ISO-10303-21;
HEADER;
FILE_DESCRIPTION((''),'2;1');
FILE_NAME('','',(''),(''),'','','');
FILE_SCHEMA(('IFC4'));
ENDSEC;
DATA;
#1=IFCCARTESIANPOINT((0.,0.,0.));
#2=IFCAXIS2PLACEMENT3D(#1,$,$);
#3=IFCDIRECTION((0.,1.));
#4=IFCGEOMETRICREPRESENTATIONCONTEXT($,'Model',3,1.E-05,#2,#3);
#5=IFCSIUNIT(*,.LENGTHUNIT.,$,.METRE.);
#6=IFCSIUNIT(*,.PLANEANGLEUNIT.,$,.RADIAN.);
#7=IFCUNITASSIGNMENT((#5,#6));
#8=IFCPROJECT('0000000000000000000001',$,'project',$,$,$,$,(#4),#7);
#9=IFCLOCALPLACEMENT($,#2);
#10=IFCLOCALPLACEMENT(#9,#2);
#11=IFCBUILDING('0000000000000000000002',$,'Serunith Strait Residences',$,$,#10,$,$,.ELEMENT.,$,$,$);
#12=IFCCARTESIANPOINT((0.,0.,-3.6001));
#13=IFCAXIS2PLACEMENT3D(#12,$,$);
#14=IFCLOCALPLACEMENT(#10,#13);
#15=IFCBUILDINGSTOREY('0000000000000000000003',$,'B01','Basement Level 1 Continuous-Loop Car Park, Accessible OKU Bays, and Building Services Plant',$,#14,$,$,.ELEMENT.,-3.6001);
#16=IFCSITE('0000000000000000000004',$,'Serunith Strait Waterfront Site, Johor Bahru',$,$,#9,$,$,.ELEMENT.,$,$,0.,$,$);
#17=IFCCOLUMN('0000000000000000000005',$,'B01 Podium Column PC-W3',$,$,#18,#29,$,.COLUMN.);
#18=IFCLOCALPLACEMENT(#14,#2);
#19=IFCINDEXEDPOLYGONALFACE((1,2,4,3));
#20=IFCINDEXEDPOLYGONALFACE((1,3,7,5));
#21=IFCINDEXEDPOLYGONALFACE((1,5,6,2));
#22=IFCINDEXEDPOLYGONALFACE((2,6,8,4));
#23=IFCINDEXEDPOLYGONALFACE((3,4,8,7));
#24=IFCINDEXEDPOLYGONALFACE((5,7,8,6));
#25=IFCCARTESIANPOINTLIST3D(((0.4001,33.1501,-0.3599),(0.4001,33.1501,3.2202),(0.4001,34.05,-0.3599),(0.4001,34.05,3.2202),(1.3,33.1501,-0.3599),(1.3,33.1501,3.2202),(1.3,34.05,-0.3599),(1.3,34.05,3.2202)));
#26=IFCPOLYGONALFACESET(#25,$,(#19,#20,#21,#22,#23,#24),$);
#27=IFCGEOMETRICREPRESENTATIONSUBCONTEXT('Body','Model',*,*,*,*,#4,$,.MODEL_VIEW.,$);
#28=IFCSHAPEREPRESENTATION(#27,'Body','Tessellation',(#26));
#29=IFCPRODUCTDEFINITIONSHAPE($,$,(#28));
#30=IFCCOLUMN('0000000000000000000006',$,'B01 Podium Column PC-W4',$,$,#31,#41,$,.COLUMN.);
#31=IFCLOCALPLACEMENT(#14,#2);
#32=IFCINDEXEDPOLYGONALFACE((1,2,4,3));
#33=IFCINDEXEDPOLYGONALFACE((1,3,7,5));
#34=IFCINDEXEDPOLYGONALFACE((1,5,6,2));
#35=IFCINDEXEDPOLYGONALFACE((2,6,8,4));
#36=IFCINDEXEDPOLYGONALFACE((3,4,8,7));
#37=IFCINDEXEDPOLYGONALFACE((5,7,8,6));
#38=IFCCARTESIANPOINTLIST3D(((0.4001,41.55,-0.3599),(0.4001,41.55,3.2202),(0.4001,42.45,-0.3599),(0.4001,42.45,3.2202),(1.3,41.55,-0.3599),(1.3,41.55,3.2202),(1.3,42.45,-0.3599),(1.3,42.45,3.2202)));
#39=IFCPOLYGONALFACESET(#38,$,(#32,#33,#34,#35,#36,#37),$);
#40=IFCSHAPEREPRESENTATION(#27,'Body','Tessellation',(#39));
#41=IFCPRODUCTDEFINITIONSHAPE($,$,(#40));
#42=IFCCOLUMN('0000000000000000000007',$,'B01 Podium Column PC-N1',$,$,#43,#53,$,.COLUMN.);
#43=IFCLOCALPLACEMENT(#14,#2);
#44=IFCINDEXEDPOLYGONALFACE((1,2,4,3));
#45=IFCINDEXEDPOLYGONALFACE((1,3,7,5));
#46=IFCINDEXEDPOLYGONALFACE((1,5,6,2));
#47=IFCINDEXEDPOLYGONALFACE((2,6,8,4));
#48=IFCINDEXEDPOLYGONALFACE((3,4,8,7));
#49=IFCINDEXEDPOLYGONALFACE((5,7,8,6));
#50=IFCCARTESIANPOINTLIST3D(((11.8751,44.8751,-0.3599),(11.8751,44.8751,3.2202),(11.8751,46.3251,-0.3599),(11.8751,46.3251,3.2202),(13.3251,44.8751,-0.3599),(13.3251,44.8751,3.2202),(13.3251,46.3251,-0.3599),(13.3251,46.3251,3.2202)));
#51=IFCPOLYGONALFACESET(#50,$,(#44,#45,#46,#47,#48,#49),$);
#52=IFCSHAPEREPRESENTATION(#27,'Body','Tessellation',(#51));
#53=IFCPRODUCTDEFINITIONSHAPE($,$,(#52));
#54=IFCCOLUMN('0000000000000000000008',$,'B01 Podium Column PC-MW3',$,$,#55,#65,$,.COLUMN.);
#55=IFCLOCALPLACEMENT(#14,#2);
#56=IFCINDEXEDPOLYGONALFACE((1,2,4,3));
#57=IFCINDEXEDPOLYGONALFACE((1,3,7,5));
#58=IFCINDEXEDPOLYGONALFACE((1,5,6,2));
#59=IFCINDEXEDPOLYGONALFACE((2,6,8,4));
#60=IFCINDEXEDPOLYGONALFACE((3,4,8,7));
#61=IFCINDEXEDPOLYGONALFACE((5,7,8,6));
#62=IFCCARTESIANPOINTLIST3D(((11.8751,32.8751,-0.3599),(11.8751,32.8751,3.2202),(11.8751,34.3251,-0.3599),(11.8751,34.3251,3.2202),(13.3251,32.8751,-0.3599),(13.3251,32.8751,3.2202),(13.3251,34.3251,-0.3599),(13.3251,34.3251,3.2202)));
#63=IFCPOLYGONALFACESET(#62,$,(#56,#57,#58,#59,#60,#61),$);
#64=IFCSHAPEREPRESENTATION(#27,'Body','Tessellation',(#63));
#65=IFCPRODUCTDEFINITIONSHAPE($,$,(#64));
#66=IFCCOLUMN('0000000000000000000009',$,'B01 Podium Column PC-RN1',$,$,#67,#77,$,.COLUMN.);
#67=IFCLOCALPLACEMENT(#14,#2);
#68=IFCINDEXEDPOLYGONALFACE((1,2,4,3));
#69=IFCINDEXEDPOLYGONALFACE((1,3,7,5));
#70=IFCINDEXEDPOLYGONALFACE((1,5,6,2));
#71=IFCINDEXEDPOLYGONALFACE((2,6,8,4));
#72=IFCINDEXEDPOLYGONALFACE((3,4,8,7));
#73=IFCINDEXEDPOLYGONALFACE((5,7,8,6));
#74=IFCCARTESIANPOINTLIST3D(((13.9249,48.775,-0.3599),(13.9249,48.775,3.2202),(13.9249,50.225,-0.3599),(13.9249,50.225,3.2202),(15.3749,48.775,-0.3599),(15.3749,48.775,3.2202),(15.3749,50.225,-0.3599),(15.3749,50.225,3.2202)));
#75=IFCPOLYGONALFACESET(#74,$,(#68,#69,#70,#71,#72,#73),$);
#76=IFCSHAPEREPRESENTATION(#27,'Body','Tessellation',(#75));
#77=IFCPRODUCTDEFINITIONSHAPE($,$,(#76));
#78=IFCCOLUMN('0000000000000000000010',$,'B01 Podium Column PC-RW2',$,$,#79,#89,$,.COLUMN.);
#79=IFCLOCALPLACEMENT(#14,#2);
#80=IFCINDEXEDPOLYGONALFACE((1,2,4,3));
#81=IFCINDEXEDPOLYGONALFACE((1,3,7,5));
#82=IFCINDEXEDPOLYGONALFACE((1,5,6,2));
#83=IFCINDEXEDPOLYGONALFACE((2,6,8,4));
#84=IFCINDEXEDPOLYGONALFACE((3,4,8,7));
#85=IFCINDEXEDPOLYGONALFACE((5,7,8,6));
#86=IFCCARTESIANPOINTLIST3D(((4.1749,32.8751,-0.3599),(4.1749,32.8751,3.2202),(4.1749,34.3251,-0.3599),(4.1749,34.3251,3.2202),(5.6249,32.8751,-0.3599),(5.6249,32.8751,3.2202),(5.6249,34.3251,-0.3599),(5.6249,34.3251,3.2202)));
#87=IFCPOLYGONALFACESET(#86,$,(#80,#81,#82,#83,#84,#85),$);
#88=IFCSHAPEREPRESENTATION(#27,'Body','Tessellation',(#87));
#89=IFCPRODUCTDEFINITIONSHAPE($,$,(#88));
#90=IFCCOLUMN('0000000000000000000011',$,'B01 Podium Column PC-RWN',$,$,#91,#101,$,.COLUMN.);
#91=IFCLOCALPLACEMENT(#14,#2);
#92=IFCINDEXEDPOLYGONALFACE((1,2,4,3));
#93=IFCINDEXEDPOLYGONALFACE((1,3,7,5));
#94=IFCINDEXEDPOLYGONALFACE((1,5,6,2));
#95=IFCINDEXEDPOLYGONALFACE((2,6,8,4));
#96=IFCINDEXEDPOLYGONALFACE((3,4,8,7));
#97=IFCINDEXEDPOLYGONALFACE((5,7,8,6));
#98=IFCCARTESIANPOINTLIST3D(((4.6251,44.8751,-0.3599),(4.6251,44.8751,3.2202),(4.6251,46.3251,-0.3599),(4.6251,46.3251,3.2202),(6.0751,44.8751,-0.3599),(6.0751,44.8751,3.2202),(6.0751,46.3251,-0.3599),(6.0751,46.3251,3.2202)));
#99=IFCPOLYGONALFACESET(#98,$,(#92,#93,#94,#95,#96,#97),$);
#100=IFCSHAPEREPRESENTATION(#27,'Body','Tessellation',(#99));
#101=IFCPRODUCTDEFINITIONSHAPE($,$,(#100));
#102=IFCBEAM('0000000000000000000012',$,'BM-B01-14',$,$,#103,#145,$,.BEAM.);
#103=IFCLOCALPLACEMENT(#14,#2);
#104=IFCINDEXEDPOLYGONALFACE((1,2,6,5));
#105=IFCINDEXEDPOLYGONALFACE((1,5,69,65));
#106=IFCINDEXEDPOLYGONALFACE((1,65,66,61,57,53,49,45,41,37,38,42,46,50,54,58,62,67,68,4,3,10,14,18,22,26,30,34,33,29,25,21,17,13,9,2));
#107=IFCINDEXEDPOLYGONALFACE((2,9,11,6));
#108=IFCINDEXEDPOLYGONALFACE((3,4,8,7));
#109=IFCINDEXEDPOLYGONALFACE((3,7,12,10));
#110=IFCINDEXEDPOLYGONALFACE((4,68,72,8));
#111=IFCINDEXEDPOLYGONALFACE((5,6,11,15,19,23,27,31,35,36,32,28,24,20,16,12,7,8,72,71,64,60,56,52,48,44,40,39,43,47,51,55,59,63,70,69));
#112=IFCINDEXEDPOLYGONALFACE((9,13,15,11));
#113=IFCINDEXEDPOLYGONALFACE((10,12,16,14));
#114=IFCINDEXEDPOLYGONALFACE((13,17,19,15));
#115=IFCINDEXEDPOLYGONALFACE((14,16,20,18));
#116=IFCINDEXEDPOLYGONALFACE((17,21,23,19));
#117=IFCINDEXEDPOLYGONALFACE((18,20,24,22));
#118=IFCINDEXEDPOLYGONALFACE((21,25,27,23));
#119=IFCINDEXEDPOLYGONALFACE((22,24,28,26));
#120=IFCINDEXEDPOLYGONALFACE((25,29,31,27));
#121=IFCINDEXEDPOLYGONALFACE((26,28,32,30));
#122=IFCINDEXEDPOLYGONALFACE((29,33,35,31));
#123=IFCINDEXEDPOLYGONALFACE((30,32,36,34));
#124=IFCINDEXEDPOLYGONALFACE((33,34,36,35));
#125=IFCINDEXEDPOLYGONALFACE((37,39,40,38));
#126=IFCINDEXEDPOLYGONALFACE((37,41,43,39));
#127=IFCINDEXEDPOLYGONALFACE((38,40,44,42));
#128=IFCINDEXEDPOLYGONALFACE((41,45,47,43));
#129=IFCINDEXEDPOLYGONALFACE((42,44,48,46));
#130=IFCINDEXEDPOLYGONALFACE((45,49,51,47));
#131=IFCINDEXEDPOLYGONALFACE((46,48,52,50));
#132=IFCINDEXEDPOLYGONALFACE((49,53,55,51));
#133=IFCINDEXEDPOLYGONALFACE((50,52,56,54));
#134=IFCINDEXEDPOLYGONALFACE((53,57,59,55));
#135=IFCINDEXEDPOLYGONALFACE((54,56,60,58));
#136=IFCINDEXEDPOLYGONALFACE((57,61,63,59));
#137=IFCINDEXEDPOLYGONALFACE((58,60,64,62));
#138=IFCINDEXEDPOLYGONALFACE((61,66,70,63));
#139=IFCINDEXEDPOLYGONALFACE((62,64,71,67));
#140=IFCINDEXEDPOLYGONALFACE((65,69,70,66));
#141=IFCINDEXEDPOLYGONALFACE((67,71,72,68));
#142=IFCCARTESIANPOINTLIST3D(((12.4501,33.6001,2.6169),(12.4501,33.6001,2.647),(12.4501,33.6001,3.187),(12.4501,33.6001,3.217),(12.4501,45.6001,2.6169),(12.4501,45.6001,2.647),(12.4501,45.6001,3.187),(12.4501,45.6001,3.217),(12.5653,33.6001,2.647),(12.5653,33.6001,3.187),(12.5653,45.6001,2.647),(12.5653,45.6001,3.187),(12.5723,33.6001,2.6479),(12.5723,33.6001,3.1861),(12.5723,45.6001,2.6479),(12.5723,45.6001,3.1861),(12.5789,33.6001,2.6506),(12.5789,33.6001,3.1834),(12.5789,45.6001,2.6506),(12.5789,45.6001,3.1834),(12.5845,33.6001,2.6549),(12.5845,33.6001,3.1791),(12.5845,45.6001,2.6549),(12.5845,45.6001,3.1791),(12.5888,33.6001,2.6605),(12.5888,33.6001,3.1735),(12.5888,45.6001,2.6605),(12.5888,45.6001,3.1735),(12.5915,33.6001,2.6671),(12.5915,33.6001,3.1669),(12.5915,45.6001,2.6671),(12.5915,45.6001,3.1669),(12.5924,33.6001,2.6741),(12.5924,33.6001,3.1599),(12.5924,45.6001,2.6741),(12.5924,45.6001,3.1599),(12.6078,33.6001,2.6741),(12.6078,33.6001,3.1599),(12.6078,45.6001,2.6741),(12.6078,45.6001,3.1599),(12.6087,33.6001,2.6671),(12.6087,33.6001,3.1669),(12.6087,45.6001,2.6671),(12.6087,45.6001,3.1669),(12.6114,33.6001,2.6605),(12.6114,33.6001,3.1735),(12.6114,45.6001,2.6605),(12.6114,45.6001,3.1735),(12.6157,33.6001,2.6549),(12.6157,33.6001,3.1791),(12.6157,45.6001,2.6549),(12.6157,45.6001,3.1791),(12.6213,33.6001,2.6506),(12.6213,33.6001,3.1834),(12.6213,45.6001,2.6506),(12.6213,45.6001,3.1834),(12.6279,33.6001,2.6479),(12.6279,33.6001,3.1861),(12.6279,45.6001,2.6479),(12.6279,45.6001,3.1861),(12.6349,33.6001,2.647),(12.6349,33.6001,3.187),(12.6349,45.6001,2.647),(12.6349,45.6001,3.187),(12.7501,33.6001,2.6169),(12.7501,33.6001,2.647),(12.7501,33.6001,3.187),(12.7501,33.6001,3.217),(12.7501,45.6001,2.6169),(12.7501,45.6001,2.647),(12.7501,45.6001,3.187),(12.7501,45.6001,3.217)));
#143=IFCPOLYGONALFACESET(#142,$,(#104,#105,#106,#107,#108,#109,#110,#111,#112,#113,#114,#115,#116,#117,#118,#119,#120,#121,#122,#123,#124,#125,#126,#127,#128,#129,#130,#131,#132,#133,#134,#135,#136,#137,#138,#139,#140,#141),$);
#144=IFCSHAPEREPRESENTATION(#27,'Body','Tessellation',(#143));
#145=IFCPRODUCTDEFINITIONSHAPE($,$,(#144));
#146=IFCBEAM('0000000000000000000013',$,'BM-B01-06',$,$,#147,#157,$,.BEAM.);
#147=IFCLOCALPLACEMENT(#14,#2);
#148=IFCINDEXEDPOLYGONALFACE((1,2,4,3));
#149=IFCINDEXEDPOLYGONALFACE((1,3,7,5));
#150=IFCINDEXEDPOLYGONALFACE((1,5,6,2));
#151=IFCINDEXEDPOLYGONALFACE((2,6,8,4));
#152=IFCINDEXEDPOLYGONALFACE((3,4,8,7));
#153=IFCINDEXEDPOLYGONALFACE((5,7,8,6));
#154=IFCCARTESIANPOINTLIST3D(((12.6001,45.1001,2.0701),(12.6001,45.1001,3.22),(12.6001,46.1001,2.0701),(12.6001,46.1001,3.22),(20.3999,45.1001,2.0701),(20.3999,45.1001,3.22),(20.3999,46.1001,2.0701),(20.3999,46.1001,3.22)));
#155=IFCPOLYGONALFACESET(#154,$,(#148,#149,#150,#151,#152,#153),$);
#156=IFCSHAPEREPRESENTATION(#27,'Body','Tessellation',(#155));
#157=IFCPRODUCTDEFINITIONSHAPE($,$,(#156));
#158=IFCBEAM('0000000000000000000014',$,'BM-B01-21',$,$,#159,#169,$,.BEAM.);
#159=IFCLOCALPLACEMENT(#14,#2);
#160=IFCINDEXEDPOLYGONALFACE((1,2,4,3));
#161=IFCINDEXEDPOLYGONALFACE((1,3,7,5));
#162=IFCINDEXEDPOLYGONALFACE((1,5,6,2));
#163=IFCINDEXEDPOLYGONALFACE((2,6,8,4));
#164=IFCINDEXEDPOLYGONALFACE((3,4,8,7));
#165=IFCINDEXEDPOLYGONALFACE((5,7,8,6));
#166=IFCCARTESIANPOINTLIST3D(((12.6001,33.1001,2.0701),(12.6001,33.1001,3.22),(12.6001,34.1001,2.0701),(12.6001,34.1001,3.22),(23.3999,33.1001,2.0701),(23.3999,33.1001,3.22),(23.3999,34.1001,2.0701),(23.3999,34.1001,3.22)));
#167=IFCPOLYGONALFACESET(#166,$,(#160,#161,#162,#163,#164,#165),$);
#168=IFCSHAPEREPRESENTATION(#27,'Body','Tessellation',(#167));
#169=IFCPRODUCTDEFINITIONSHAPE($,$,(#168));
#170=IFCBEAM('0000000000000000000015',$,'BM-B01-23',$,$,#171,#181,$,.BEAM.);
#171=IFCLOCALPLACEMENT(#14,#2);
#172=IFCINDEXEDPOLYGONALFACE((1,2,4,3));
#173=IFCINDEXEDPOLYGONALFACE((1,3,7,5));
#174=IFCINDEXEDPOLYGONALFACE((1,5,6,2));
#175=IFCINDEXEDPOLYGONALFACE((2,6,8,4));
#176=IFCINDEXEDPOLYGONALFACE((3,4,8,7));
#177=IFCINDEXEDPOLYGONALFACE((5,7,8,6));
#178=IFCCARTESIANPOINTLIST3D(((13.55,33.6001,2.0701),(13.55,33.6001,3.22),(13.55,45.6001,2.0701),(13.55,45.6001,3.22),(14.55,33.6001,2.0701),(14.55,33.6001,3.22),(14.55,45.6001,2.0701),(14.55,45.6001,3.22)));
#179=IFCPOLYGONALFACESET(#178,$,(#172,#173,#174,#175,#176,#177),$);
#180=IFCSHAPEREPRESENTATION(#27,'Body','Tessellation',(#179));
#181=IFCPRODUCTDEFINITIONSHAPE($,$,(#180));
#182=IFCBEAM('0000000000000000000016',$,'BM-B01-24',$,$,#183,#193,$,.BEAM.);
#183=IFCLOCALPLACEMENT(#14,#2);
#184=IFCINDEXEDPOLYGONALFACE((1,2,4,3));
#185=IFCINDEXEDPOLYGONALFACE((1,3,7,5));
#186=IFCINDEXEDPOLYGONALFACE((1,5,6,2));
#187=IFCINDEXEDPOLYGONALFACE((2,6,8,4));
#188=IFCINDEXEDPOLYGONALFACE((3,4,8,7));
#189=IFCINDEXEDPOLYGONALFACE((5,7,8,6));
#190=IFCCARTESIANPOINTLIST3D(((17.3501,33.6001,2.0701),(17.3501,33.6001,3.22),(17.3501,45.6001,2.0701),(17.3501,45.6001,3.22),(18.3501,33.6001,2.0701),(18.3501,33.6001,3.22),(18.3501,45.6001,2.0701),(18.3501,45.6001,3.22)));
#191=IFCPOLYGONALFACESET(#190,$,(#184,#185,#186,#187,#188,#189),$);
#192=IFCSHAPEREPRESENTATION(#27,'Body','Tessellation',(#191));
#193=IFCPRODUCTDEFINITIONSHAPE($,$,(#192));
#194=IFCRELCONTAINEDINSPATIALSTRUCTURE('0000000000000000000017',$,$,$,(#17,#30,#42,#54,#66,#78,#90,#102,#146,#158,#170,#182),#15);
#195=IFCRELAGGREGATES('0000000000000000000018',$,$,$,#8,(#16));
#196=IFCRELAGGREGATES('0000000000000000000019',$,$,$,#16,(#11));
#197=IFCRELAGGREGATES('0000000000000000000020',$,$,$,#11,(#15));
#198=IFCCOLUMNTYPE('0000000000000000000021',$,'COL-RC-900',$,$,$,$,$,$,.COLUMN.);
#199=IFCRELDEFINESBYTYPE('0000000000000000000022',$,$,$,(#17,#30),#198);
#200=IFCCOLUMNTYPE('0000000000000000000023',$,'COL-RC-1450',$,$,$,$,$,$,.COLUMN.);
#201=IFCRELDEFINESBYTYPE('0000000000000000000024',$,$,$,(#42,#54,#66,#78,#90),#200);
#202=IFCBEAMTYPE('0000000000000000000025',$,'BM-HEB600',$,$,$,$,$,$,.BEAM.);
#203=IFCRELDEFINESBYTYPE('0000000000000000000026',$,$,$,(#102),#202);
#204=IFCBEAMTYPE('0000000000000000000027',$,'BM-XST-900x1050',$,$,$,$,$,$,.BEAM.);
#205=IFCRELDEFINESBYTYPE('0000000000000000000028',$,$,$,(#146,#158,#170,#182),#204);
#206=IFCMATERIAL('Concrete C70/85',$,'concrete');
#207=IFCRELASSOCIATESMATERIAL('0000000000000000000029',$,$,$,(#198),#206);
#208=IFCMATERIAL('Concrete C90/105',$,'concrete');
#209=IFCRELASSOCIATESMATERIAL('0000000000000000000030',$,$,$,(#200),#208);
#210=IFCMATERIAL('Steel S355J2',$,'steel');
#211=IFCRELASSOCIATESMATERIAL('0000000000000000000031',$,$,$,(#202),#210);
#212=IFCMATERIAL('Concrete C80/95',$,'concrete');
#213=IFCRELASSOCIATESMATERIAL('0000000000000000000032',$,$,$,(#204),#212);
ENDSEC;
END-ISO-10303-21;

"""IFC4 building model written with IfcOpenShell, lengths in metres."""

from ifc_helpers import new_model, si_unit, direction, frame, origin, origin_2d, place, context, subcontext, project, spatial, rectangle, i_section, extrude, source, transform, mapped, material, material_profile, profile_set, type_object, element, save


model = new_model("IFC4")

# Units and contexts
model_context = context("Model", 3, precision=1e-05, world=origin(), true_north=direction((0.0, 1.0)))
body_context = subcontext(model_context, "Body", "Model", "MODEL_VIEW")
ifc_project = project(units=[si_unit("LENGTHUNIT", "METRE"), si_unit("PLANEANGLEUNIT", "RADIAN")], contexts=[model_context])

# Site, building, storey
site_placement = place(None, origin())
site = spatial("IfcSite", under=ifc_project, at=site_placement, Name="Serunith Strait Waterfront Site, Johor Bahru", CompositionType="ELEMENT", RefElevation=0.0)
building_placement = place(site_placement, origin())
building = spatial("IfcBuilding", under=site, at=building_placement, Name="Serunith Strait Residences", CompositionType="ELEMENT")
storey_placement = place(building_placement, frame((0.0, 0.0, -3.6001)))
storey = spatial("IfcBuildingStorey", under=building, at=storey_placement, Name="B01", Description="Basement Level 1 Continuous-Loop Car Park, Accessible OKU Bays, and Building Services Plant", CompositionType="ELEMENT", Elevation=-3.6001)

# Columns
ifc_material_1 = material(Name="Concrete C70/85", Category="concrete")
ifc_material_profile_1 = material_profile(ifc_material_1, rectangle(XDim=0.8999, YDim=0.8999, at=origin_2d()), Name="RC 900x900")
ifc_profile_set_1 = profile_set([ifc_material_profile_1], Name="Concrete C70/85")
column_type_1 = type_object("IfcColumnType", Name="COL-RC-900", PredefinedType="COLUMN", material=ifc_profile_set_1)
shared_shape_1 = source(origin(), body_context, "Body", "SweptSolid", [
    extrude(rectangle(XDim=0.8999, YDim=0.8999, at=origin_2d()), origin(), (0.0, 0.0, 1.0), 3.5801),
])
for number, where, z_axis, x_axis, name in (
    (1, (0.8501, 33.6001, -0.3599), (0.0, 0.0, 1.0), (1.0, 0.0, 0.0), "B01 Podium Column PC-W3"),
    (2, (0.8501, 42.0, -0.3599), (0.0, 0.0, 1.0), (1.0, 0.0, 0.0), "B01 Podium Column PC-W4"),
):
    element("IfcColumn", number, at=place(storey_placement, frame(where, z_axis=z_axis, x_axis=x_axis)), inside=storey, type_object=column_type_1, Name=name, PredefinedType="COLUMN", context=body_context, shape_type="MappedRepresentation", body=[
        mapped(shared_shape_1, transform((0.0, 0.0, 0.0), scale=1.0)),
    ])
ifc_material_2 = material(Name="Concrete C90/105", Category="concrete")
ifc_material_profile_2 = material_profile(ifc_material_2, rectangle(XDim=1.45, YDim=1.45, at=origin_2d()), Name="RC 1450x1450")
ifc_profile_set_2 = profile_set([ifc_material_profile_2], Name="Concrete C90/105")
column_type_2 = type_object("IfcColumnType", Name="COL-RC-1450", PredefinedType="COLUMN", material=ifc_profile_set_2)
shared_shape_2 = source(origin(), body_context, "Body", "SweptSolid", [
    extrude(rectangle(XDim=1.45, YDim=1.45, at=origin_2d()), origin(), (0.0, 0.0, 1.0), 3.5801),
])
for number, where, z_axis, x_axis, name in (
    (3, (12.6001, 45.6001, -0.3599), (0.0, 0.0, 1.0), (1.0, 0.0, 0.0), "B01 Podium Column PC-N1"),
    (4, (12.6001, 33.6001, -0.3599), (0.0, 0.0, 1.0), (1.0, 0.0, 0.0), "B01 Podium Column PC-MW3"),
    (5, (14.6499, 49.5, -0.3599), (0.0, 0.0, 1.0), (1.0, 0.0, 0.0), "B01 Podium Column PC-RN1"),
    (6, (4.8999, 33.6001, -0.3599), (0.0, 0.0, 1.0), (1.0, 0.0, 0.0), "B01 Podium Column PC-RW2"),
    (7, (5.3501, 45.6001, -0.3599), (0.0, 0.0, 1.0), (1.0, 0.0, 0.0), "B01 Podium Column PC-RWN"),
):
    element("IfcColumn", number, at=place(storey_placement, frame(where, z_axis=z_axis, x_axis=x_axis)), inside=storey, type_object=column_type_2, Name=name, PredefinedType="COLUMN", context=body_context, shape_type="MappedRepresentation", body=[
        mapped(shared_shape_2, transform((0.0, 0.0, 0.0), scale=1.0)),
    ])

# Beams
ifc_material_3 = material(Name="Steel S355J2", Category="steel")
ifc_material_profile_3 = material_profile(ifc_material_3, i_section(OverallWidth=0.3, OverallDepth=0.6001, WebThickness=0.0154, FlangeThickness=0.03, FilletRadius=0.0271, at=origin_2d()), Name="HEB 600")
ifc_profile_set_3 = profile_set([ifc_material_profile_3], Name="Steel S355J2")
beam_type_1 = type_object("IfcBeamType", Name="BM-HEB600", PredefinedType="BEAM", material=ifc_profile_set_3)
shared_shape_3 = source(origin(), body_context, "Body", "SweptSolid", [
    extrude(i_section(OverallWidth=0.3, OverallDepth=0.6001, WebThickness=0.0154, FlangeThickness=0.03, FilletRadius=0.0271, at=origin_2d()), origin(), (0.0, 0.0, 1.0), 12.0),
])
beam_1_placement = place(storey_placement, frame((12.6001, 33.6001, 2.917), z_axis=(0.0, 1.0, 0.0), x_axis=(-1.0, 0.0, 0.0)))
element("IfcBeam", 8, at=beam_1_placement, inside=storey, type_object=beam_type_1, Name="BM-B01-14", PredefinedType="BEAM", context=body_context, shape_type="MappedRepresentation", body=[
    mapped(shared_shape_3, transform((0.0, 0.0, 0.0), scale=1.0)),
])
ifc_material_4 = material(Name="Concrete C80/95", Category="concrete")
ifc_material_profile_4 = material_profile(ifc_material_4, rectangle(XDim=1.0, YDim=1.1499, at=origin_2d()), Name="RC 1000x1150")
ifc_profile_set_4 = profile_set([ifc_material_profile_4], Name="Concrete C80/95")
beam_type_2 = type_object("IfcBeamType", Name="BM-XST-900x1050", PredefinedType="BEAM", material=ifc_profile_set_4)
shared_shape_4 = source(origin(), body_context, "Body", "SweptSolid", [
    extrude(rectangle(XDim=1.0, YDim=1.1499, at=origin_2d()), origin(), (0.0, 0.0, 1.0), 7.7998),
])
beam_2_placement = place(storey_placement, frame((12.6001, 45.6001, 2.645), z_axis=(1.0, 0.0, 0.0), x_axis=(0.0, 1.0, 0.0)))
element("IfcBeam", 9, at=beam_2_placement, inside=storey, type_object=beam_type_2, Name="BM-B01-06", PredefinedType="BEAM", context=body_context, shape_type="MappedRepresentation", body=[
    mapped(shared_shape_4, transform((0.0, 0.0, 0.0), scale=1.0)),
])
shared_shape_5 = source(origin(), body_context, "Body", "SweptSolid", [
    extrude(rectangle(XDim=1.0, YDim=1.1499, at=origin_2d()), origin(), (0.0, 0.0, 1.0), 10.7998),
])
beam_3_placement = place(storey_placement, frame((12.6001, 33.6001, 2.645), z_axis=(1.0, 0.0, 0.0), x_axis=(0.0, 1.0, 0.0)))
element("IfcBeam", 10, at=beam_3_placement, inside=storey, type_object=beam_type_2, Name="BM-B01-21", PredefinedType="BEAM", context=body_context, shape_type="MappedRepresentation", body=[
    mapped(shared_shape_5, transform((0.0, 0.0, 0.0), scale=1.0)),
])
shared_shape_6 = source(origin(), body_context, "Body", "SweptSolid", [
    extrude(rectangle(XDim=1.0, YDim=1.1499, at=origin_2d()), origin(), (0.0, 0.0, 1.0), 12.0),
])
for number, where, z_axis, x_axis, name in (
    (11, (14.05, 33.6001, 2.645), (0.0, 1.0, 0.0), (-1.0, 0.0, 0.0), "BM-B01-23"),
    (12, (17.8501, 33.6001, 2.645), (0.0, 1.0, 0.0), (-1.0, 0.0, 0.0), "BM-B01-24"),
):
    element("IfcBeam", number, at=place(storey_placement, frame(where, z_axis=z_axis, x_axis=x_axis)), inside=storey, type_object=beam_type_2, Name=name, PredefinedType="BEAM", context=body_context, shape_type="MappedRepresentation", body=[
        mapped(shared_shape_6, transform((0.0, 0.0, 0.0), scale=1.0)),
    ])

save(model, "model.ifc")
